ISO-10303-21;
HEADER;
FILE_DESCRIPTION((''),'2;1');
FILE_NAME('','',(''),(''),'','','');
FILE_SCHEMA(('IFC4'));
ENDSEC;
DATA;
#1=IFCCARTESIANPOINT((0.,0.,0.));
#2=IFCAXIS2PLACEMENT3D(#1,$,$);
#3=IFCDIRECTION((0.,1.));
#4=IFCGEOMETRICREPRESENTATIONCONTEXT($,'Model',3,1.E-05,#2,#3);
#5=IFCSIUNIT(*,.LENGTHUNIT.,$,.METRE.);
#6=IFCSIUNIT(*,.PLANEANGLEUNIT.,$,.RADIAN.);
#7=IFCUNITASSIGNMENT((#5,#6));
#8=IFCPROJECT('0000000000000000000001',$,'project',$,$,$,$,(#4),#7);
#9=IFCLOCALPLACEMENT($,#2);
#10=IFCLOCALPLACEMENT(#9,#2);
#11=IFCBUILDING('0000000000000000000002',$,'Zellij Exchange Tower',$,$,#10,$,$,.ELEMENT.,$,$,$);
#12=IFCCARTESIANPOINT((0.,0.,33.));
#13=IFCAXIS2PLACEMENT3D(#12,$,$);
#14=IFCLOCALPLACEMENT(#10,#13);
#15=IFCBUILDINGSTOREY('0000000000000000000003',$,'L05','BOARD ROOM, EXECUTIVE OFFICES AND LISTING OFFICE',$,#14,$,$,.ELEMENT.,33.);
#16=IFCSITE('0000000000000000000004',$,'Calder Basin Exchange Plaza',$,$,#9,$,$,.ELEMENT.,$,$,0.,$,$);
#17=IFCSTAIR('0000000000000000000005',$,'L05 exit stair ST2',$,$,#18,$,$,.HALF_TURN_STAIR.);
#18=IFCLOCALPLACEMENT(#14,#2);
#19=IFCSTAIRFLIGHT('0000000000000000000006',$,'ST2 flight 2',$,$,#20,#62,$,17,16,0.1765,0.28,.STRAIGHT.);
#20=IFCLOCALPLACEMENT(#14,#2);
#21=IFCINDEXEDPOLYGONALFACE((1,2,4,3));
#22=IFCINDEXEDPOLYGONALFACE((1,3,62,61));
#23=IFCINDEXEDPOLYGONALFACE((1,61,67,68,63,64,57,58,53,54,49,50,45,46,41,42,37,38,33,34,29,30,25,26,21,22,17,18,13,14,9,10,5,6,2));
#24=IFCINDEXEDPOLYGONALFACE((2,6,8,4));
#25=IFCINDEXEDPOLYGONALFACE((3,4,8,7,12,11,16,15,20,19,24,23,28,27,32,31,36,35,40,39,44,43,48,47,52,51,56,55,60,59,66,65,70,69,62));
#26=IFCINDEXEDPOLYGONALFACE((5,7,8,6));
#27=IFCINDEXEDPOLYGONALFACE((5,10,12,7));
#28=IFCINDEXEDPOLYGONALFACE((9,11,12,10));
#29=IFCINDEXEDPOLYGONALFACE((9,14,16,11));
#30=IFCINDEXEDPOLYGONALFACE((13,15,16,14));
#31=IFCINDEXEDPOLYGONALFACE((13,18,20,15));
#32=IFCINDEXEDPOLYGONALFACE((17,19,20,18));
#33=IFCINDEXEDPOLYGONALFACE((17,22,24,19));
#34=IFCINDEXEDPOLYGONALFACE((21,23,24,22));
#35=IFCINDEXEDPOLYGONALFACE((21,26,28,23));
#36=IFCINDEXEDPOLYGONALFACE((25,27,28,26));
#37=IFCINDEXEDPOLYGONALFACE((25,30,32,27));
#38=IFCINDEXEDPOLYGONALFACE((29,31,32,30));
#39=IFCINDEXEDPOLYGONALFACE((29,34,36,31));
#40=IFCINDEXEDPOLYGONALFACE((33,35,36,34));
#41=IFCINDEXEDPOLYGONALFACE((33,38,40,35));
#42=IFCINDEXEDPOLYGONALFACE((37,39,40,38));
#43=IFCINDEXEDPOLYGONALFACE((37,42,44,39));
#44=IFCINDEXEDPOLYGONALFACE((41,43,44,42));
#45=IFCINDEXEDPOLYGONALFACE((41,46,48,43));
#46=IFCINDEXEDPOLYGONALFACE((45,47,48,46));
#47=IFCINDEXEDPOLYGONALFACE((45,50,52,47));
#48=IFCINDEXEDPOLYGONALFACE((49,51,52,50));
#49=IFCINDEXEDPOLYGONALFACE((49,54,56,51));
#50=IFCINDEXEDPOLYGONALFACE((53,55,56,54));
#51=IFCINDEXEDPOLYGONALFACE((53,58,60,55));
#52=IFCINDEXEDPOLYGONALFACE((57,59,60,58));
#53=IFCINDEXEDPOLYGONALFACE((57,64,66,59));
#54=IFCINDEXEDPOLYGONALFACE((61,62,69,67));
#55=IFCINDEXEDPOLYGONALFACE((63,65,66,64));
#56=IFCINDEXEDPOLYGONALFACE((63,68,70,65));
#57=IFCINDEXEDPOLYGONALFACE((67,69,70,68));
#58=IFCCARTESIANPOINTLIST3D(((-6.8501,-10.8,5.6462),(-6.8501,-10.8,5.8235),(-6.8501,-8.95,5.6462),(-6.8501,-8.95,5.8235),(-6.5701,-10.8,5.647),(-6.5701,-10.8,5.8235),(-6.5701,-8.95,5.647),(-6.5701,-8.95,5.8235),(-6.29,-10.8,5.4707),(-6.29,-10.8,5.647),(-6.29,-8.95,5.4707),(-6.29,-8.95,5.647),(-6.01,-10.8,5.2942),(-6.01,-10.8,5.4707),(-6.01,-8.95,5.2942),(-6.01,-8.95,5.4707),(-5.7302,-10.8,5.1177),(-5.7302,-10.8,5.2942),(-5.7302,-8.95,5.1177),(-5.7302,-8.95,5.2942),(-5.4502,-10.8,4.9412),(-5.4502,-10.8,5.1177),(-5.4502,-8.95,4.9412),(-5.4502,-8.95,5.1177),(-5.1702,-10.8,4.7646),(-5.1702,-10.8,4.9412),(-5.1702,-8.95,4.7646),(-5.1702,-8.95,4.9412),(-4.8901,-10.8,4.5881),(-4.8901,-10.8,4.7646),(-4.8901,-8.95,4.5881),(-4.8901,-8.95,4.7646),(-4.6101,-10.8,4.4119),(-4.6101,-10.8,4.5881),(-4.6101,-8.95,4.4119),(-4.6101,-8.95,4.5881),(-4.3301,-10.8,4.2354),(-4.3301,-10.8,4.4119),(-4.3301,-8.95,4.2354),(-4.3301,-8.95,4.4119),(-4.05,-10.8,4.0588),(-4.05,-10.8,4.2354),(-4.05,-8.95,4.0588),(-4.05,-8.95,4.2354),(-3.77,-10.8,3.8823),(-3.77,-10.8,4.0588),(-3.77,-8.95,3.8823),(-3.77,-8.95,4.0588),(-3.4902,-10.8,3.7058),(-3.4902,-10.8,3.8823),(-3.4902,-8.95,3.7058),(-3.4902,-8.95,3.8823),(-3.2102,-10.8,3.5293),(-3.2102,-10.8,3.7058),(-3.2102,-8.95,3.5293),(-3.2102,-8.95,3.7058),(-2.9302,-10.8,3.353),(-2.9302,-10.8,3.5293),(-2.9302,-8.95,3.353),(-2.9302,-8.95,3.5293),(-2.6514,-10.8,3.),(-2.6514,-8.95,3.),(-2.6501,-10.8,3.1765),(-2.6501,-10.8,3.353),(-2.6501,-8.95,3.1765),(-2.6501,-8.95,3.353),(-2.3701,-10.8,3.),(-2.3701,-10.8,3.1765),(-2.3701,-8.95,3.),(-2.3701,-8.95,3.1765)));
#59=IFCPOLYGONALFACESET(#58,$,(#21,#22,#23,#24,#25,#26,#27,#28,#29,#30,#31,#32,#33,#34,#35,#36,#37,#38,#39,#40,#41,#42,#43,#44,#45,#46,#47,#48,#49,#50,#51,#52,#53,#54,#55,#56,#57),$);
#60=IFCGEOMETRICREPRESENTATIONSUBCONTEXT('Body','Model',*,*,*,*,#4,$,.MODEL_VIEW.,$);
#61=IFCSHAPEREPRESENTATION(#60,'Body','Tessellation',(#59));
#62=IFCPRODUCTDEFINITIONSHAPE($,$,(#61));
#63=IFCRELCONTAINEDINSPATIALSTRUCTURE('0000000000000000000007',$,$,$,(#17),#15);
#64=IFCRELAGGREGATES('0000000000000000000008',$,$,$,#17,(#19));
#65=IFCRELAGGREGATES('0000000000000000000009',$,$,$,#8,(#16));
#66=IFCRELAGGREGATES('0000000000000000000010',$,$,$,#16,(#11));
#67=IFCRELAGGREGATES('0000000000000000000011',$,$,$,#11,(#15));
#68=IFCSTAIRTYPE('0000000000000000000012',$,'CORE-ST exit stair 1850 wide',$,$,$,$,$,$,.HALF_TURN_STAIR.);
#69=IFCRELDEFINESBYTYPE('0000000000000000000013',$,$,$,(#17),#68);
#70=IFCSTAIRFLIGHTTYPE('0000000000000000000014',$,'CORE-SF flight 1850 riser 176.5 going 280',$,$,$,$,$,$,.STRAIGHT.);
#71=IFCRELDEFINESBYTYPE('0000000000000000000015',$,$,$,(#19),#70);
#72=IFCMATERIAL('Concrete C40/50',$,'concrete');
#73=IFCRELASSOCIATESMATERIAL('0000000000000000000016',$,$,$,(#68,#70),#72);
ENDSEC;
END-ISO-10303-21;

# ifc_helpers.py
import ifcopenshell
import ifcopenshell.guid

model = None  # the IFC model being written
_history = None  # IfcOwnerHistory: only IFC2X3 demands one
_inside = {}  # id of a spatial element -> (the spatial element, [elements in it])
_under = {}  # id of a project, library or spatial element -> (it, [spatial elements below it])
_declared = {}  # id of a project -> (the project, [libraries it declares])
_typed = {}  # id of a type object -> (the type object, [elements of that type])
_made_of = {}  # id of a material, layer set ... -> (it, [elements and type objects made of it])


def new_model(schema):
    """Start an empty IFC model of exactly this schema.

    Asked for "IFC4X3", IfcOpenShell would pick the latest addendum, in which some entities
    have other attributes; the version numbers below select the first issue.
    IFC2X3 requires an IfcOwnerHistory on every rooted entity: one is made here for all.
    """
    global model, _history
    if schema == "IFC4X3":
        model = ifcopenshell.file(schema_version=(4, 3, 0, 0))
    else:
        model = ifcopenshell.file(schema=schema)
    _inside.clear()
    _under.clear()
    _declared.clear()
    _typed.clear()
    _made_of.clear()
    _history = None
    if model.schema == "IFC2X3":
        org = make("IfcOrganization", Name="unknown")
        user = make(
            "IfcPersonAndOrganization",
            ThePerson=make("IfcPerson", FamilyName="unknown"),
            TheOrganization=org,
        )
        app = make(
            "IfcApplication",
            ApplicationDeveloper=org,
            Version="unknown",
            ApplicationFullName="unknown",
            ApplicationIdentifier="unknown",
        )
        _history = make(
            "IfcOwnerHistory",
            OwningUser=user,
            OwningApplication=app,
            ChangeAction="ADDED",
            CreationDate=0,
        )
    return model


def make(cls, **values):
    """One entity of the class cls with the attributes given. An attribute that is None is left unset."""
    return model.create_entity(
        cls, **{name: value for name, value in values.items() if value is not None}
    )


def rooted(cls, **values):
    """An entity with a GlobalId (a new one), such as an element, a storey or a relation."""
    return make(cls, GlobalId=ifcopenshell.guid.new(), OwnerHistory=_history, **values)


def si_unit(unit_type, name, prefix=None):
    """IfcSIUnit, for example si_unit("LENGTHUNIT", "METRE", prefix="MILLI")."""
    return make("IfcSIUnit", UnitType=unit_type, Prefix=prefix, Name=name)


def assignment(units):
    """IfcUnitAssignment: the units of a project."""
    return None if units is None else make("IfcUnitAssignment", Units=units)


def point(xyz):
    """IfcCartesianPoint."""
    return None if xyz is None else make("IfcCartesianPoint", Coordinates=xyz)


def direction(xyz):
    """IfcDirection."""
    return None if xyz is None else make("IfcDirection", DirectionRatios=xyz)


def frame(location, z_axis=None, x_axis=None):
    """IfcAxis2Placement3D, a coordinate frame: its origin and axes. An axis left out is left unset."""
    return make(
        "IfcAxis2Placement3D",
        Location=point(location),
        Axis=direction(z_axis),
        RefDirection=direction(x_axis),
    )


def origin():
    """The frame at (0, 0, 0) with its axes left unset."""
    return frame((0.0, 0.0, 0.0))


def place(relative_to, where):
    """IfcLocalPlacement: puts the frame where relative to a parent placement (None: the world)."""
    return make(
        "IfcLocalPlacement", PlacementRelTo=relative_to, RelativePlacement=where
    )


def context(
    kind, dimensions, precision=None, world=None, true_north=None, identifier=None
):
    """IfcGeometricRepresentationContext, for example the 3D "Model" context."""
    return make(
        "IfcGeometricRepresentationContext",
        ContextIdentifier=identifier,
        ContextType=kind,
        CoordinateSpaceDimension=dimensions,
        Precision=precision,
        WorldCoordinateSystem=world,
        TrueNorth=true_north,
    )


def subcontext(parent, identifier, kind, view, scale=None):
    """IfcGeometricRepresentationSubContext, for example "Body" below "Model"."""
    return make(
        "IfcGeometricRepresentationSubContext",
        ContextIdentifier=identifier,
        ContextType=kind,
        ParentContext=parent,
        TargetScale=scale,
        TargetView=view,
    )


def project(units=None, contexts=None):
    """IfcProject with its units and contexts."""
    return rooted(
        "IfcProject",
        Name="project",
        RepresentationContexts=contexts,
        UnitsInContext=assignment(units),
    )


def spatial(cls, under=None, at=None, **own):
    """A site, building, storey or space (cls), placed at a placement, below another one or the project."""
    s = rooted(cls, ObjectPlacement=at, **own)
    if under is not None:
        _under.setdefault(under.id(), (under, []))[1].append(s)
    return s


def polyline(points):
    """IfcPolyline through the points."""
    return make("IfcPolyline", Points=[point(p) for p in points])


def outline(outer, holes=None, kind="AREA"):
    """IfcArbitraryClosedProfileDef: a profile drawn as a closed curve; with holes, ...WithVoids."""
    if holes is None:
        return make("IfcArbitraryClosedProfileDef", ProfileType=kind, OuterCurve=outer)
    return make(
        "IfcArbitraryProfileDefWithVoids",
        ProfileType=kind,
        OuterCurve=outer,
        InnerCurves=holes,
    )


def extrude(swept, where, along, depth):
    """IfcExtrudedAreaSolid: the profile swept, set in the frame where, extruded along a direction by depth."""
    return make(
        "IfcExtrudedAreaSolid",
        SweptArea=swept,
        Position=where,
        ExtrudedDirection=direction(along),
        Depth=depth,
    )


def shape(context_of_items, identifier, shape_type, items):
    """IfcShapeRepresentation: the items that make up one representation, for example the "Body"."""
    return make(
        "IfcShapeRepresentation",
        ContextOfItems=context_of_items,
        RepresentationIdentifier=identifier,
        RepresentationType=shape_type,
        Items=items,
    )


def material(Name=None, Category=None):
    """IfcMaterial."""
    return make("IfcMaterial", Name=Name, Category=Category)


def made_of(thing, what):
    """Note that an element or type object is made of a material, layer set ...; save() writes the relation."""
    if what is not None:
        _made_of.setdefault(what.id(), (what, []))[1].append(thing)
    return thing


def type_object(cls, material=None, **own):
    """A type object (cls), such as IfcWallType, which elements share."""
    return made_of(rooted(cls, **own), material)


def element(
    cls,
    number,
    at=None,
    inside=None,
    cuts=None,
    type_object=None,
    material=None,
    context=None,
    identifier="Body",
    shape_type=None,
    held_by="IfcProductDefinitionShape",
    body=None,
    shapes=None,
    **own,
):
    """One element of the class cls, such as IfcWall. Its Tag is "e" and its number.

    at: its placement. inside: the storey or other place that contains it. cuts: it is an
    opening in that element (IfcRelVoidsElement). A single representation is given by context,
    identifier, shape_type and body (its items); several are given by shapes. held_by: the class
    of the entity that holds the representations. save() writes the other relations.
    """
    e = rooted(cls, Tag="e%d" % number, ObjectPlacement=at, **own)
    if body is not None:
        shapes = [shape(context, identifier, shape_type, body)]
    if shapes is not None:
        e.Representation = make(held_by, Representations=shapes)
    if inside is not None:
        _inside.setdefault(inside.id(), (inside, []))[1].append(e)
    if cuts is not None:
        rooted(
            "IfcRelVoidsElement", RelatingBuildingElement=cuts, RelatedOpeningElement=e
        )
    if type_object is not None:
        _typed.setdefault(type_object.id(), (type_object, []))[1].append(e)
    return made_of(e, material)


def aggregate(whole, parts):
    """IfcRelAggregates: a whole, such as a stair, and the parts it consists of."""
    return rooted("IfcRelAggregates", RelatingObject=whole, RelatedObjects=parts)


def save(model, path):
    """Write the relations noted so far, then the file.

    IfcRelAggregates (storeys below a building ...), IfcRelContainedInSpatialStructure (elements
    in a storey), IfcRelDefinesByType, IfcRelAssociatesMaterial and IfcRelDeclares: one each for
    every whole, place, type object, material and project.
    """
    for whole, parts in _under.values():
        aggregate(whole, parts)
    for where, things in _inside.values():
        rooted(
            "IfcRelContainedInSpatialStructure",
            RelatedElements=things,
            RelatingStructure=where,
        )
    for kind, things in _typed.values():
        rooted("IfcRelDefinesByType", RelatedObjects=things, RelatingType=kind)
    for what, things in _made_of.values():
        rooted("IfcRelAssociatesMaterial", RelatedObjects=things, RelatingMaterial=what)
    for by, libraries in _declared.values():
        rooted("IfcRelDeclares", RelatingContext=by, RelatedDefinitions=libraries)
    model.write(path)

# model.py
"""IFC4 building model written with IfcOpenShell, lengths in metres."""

from ifc_helpers import new_model, si_unit, direction, frame, origin, place, context, subcontext, project, spatial, polyline, outline, extrude, material, type_object, element, aggregate, save


model = new_model("IFC4")

# Units and contexts
model_context = context("Model", 3, precision=1e-05, world=origin(), true_north=direction((0.0, 1.0)))
body_context = subcontext(model_context, "Body", "Model", "MODEL_VIEW")
ifc_project = project(units=[si_unit("LENGTHUNIT", "METRE"), si_unit("PLANEANGLEUNIT", "RADIAN")], contexts=[model_context])

# Site, building, storey
site_placement = place(None, origin())
site = spatial("IfcSite", under=ifc_project, at=site_placement, Name="Calder Basin Exchange Plaza", CompositionType="ELEMENT", RefElevation=0.0)
building_placement = place(site_placement, origin())
building = spatial("IfcBuilding", under=site, at=building_placement, Name="Zellij Exchange Tower", CompositionType="ELEMENT")
storey_placement = place(building_placement, frame((0.0, 0.0, 33.0)))
storey = spatial("IfcBuildingStorey", under=building, at=storey_placement, Name="L05", Description="BOARD ROOM, EXECUTIVE OFFICES AND LISTING OFFICE", CompositionType="ELEMENT", Elevation=33.0)

# Stair, stair flight
ifc_material_1 = material(Name="Concrete C40/50", Category="concrete")
stair_type = type_object("IfcStairType", Name="CORE-ST exit stair 1850 wide", PredefinedType="HALF_TURN_STAIR", material=ifc_material_1)
stair_placement = place(storey_placement, origin())
stair = element("IfcStair", 1, at=stair_placement, inside=storey, type_object=stair_type, Name="L05 exit stair ST2", PredefinedType="HALF_TURN_STAIR")
stair_flight_type = type_object("IfcStairFlightType", Name="CORE-SF flight 1850 riser 176.5 going 280", PredefinedType="STRAIGHT", material=ifc_material_1)
stair_flight_1_placement = place(storey_placement, frame((-2.3701, -9.875, 3.0), z_axis=(0.0, 0.0, 1.0), x_axis=(-1.0, 0.0, 0.0)))
stair_flight_1 = element("IfcStairFlight", 2, at=stair_flight_1_placement, type_object=stair_flight_type, Name="ST2 flight 2", NumberOfRisers=17, NumberOfTreads=16, PredefinedType="STRAIGHT", RiserHeight=0.1765, TreadLength=0.28, context=body_context, shape_type="SweptSolid", body=[
    extrude(outline(polyline([(0.0, 0.0), (0.0, 0.1765), (0.28, 0.1765), (0.28, 0.353), (0.5601, 0.353), (0.5601, 0.5293), (0.8401, 0.5293), (0.8401, 0.7058), (1.1201, 0.7058), (1.1201, 0.8823), (1.3999, 0.8823), (1.3999, 1.0588), (1.6799, 1.0588), (1.6799, 1.2354), (1.96, 1.2354), (1.96, 1.4119), (2.24, 1.4119), (2.24, 1.5881), (2.52, 1.5881), (2.52, 1.7646), (2.8, 1.7646), (2.8, 1.9412), (3.0801, 1.9412), (3.0801, 2.1177), (3.3601, 2.1177), (3.3601, 2.2942), (3.6399, 2.2942), (3.6399, 2.4707), (3.9199, 2.4707), (3.9199, 2.647), (4.2, 2.647), (4.2, 2.8235), (4.48, 2.8235), (4.48, 3.0), (4.48, 2.6462), (0.2812, 0.0), (0.0, 0.0)])), frame((0.0, 0.925, 0.0), z_axis=(0.0, -1.0, 0.0), x_axis=(1.0, 0.0, 0.0)), (0.0, 0.0, 1.0), 1.8501),
])
aggregate(stair, [stair_flight_1])

save(model, "model.ifc")
